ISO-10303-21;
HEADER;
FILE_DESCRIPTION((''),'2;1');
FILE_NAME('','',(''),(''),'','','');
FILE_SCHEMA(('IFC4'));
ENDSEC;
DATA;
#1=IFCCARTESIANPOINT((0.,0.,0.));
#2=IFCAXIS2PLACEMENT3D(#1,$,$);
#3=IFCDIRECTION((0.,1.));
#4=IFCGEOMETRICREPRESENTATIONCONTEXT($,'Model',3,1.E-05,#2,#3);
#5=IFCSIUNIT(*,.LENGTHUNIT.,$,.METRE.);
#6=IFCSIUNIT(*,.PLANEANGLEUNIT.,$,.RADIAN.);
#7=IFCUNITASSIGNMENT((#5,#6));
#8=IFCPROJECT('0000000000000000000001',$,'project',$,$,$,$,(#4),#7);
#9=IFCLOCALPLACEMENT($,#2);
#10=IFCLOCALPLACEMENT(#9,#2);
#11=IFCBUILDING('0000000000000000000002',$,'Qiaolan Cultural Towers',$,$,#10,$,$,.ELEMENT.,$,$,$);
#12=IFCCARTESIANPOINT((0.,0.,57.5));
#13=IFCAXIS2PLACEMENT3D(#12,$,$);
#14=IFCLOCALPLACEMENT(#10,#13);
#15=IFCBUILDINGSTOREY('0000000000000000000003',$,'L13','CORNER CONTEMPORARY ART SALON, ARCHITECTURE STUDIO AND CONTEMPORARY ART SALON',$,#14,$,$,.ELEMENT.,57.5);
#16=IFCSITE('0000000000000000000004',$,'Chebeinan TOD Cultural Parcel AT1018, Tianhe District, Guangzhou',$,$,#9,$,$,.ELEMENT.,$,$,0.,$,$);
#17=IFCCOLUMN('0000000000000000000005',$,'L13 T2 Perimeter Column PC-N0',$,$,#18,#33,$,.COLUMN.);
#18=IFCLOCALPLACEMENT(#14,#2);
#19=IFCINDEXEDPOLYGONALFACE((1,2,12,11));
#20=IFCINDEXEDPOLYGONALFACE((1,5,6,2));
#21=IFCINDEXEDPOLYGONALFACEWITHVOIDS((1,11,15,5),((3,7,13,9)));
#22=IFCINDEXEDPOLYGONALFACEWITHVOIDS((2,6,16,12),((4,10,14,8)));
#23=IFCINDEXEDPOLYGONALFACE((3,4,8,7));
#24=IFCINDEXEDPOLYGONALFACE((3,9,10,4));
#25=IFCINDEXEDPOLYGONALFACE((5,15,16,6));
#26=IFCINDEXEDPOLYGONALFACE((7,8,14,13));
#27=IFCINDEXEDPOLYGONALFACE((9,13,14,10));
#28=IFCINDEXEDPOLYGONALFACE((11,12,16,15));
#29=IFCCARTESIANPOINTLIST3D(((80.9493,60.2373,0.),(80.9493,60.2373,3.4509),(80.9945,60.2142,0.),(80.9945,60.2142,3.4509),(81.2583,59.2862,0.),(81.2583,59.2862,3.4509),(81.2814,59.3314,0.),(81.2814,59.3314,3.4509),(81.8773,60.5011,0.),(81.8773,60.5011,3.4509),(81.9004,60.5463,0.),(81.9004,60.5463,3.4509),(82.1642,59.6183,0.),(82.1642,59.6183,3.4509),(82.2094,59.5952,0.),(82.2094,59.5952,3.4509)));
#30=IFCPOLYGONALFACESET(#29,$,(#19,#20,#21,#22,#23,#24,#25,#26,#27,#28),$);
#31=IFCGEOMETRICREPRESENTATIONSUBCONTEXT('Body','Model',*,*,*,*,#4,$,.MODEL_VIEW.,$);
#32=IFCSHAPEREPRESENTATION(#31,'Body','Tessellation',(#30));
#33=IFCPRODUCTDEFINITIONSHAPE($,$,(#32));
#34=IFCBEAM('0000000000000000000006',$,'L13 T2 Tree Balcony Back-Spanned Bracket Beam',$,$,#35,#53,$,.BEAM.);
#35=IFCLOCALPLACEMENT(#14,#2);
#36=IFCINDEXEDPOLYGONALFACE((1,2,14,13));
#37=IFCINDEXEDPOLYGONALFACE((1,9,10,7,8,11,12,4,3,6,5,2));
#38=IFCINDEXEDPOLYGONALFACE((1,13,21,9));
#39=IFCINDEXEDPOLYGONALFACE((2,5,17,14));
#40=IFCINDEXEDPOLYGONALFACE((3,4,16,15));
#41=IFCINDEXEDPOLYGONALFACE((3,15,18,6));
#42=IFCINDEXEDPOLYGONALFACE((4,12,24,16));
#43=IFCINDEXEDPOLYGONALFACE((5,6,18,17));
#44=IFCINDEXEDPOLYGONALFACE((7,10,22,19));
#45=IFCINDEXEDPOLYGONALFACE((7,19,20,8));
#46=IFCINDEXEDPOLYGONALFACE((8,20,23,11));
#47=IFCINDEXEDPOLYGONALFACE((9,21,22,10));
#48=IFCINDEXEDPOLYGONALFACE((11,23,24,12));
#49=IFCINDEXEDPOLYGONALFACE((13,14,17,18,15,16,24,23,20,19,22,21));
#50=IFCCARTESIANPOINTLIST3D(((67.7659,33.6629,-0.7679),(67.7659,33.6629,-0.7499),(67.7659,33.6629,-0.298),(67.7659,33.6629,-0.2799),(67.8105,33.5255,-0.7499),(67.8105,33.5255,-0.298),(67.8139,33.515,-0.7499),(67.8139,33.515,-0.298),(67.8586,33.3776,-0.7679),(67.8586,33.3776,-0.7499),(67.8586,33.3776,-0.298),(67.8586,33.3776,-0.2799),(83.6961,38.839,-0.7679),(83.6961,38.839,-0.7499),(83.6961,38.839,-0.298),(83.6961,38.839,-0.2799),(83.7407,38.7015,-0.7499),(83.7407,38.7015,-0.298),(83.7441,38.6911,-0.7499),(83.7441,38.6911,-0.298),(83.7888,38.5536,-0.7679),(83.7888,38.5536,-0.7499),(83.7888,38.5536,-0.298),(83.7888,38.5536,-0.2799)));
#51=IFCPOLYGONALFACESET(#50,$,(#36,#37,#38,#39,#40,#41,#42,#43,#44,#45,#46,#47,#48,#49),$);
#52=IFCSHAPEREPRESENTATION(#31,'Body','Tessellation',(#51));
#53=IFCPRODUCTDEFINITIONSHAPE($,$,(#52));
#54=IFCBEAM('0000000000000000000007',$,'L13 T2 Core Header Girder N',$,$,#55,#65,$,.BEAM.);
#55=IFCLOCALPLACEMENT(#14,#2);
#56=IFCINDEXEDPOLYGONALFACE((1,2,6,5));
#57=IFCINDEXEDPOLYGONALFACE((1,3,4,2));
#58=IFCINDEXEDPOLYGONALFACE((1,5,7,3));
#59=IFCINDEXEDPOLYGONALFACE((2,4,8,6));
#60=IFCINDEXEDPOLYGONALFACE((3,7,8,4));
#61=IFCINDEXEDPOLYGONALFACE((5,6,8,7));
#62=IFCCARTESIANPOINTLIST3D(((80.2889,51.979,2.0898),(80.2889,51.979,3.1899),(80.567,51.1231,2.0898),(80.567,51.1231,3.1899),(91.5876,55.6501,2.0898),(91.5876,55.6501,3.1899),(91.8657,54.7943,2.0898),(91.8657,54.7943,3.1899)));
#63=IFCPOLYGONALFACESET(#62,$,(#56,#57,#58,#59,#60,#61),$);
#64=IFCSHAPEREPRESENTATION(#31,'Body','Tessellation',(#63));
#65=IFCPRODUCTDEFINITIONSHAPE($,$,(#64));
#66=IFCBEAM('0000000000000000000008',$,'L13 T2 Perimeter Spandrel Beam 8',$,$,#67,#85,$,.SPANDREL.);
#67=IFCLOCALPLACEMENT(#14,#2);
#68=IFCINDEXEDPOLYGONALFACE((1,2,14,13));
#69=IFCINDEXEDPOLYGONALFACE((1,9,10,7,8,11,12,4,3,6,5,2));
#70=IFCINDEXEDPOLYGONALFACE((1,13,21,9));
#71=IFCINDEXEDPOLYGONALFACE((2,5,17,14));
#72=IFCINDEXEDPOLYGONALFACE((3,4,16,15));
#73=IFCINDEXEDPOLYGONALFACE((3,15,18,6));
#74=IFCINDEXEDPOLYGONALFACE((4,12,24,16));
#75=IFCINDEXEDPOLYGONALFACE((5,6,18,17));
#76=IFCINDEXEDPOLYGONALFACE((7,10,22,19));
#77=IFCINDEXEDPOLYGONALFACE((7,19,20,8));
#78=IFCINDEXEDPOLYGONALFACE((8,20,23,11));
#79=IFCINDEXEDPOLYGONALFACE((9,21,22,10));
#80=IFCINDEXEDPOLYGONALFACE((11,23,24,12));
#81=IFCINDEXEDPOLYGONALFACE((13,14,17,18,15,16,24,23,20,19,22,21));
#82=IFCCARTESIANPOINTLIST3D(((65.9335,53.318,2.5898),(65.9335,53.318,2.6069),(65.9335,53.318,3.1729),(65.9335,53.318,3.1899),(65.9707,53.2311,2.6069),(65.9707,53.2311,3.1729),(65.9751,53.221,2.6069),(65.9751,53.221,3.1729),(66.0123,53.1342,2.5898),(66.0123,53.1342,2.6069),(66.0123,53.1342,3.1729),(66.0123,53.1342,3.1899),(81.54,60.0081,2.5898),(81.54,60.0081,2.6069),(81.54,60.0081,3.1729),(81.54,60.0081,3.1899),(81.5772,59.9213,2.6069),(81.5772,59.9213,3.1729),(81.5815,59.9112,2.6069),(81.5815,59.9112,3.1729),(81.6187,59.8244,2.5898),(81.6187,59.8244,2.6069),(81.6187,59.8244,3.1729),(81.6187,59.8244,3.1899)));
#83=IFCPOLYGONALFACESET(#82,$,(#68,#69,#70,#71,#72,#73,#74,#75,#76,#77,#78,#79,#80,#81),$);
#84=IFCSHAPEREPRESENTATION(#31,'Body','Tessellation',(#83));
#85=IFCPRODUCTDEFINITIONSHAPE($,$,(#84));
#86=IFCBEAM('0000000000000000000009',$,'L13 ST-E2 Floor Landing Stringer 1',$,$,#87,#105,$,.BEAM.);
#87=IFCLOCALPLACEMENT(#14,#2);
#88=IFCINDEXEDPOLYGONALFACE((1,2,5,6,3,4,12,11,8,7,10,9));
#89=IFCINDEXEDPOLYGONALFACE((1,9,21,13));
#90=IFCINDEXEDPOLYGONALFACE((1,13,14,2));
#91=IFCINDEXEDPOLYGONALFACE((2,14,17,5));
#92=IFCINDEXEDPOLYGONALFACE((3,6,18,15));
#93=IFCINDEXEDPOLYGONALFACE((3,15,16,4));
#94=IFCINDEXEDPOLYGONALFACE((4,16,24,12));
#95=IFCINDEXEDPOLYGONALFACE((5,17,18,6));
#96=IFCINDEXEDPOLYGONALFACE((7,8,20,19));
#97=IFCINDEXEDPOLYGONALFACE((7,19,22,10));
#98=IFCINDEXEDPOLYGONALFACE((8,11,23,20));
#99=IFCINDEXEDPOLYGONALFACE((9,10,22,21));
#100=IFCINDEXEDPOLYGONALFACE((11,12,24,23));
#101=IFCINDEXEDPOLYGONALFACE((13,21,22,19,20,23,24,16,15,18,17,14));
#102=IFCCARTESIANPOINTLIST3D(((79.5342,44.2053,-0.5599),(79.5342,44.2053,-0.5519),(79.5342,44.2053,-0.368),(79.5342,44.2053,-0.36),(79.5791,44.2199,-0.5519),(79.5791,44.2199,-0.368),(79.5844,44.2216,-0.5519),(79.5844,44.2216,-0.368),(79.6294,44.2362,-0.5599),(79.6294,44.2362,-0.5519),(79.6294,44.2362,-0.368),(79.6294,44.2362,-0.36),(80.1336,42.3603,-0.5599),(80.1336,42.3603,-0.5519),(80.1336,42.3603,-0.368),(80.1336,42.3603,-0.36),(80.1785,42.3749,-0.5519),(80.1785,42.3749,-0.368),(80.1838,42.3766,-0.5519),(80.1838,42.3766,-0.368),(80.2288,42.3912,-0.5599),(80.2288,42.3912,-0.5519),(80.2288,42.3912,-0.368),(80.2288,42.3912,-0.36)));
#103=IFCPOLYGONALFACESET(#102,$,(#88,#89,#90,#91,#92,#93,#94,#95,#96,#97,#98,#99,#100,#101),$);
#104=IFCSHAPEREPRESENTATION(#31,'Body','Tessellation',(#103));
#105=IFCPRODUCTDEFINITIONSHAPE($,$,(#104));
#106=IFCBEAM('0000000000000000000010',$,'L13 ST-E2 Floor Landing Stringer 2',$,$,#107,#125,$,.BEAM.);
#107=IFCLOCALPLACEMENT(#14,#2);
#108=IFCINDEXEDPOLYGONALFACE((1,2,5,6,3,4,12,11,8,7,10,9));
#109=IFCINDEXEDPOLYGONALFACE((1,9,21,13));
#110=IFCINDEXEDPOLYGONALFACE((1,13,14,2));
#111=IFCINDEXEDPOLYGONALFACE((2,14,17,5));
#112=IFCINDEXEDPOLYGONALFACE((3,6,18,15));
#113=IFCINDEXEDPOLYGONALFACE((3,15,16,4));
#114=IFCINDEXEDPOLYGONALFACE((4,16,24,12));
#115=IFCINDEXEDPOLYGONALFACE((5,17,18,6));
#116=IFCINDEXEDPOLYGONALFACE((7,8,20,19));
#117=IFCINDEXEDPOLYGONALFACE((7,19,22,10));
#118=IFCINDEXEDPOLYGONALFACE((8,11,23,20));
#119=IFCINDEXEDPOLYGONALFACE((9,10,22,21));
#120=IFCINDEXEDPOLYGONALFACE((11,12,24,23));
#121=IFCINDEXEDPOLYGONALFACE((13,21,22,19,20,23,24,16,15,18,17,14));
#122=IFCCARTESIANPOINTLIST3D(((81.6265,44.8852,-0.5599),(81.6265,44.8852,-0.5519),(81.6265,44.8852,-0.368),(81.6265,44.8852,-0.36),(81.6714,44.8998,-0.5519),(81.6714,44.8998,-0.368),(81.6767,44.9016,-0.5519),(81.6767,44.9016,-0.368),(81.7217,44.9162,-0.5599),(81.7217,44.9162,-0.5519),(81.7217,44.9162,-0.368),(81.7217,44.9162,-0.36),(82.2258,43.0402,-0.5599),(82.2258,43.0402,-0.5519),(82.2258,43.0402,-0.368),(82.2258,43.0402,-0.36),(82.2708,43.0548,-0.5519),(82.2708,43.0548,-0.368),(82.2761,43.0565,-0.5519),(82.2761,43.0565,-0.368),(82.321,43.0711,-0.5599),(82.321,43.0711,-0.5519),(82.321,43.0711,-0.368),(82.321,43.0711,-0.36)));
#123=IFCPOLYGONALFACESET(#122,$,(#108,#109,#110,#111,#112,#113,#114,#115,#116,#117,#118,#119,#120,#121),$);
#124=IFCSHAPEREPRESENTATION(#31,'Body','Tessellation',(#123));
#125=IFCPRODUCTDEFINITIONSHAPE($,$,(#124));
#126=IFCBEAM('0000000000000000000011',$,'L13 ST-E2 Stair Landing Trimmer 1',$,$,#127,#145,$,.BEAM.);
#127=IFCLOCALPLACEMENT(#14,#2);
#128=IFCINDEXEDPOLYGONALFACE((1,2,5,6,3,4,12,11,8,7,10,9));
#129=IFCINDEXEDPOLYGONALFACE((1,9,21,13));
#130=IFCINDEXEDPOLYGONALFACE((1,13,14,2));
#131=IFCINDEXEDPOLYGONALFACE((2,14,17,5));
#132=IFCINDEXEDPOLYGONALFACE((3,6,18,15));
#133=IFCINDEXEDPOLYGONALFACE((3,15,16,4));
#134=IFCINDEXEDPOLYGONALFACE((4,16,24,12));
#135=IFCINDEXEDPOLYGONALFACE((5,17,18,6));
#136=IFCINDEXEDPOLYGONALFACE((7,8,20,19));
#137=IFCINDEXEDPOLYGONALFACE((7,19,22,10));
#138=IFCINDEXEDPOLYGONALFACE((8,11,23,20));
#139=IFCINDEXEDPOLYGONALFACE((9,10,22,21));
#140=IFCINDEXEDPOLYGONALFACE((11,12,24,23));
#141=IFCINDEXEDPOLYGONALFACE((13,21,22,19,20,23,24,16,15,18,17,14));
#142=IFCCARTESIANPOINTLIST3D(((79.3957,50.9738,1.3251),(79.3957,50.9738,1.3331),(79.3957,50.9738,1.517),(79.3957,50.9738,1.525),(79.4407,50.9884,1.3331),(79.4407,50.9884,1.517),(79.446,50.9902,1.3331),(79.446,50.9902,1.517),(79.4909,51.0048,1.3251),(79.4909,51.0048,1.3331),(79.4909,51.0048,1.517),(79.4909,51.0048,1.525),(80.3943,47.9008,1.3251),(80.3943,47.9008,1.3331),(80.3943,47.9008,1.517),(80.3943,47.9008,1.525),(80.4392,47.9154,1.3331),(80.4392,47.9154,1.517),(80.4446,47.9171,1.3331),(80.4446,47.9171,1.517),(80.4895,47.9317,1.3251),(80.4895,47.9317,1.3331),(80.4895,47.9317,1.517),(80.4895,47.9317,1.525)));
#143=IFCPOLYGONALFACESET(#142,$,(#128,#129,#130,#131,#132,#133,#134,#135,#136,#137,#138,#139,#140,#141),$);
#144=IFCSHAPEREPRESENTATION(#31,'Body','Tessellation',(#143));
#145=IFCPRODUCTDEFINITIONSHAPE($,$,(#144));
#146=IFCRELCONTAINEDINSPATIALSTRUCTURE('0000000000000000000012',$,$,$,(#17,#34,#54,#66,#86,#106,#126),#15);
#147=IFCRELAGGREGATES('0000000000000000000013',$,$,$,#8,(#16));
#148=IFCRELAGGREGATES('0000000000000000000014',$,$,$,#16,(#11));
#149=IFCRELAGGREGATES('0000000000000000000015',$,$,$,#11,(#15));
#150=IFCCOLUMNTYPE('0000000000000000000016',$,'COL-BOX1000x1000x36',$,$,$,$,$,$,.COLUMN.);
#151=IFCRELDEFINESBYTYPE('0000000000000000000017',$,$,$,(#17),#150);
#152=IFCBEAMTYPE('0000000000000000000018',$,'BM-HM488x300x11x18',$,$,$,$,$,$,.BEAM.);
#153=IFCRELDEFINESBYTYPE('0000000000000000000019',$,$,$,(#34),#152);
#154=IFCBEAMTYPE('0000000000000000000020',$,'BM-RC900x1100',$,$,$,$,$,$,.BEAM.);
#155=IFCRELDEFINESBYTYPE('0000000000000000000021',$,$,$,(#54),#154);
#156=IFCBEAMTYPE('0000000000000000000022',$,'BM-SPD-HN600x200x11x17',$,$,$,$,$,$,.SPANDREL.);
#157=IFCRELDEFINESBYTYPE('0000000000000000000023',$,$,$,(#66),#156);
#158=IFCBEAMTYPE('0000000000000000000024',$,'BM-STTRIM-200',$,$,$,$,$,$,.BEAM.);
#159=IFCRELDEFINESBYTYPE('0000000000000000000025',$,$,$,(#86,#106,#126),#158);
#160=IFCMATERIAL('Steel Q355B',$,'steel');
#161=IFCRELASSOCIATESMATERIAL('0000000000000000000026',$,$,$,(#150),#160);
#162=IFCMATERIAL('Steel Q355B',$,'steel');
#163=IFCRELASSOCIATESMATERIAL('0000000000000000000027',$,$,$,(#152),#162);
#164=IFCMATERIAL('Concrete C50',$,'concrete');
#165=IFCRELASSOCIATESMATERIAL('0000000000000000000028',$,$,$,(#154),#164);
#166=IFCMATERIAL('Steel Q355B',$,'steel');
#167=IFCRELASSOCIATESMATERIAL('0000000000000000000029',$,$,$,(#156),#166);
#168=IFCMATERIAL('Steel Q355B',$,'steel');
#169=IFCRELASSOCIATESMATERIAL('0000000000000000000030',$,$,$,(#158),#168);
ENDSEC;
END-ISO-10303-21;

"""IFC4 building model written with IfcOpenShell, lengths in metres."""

from ifc_helpers import new_model, si_unit, direction, frame, origin, origin_2d, place, context, subcontext, project, spatial, rectangle, hollow_rectangle, i_section, extrude, material, material_profile, profile_set, type_object, element, save


model = new_model("IFC4")

# Units and contexts
model_context = context("Model", 3, precision=1e-05, world=origin(), true_north=direction((0.0, 1.0)))
body_context = subcontext(model_context, "Body", "Model", "MODEL_VIEW")
ifc_project = project(units=[si_unit("LENGTHUNIT", "METRE"), si_unit("PLANEANGLEUNIT", "RADIAN")], contexts=[model_context])

# Site, building, storey
site_placement = place(None, origin())
site = spatial("IfcSite", under=ifc_project, at=site_placement, Name="Chebeinan TOD Cultural Parcel AT1018, Tianhe District, Guangzhou", CompositionType="ELEMENT", RefElevation=0.0)
building_placement = place(site_placement, origin())
building = spatial("IfcBuilding", under=site, at=building_placement, Name="Qiaolan Cultural Towers", CompositionType="ELEMENT")
storey_placement = place(building_placement, frame((0.0, 0.0, 57.5)))
storey = spatial("IfcBuildingStorey", under=building, at=storey_placement, Name="L13", Description="CORNER CONTEMPORARY ART SALON, ARCHITECTURE STUDIO AND CONTEMPORARY ART SALON", CompositionType="ELEMENT", Elevation=57.5)

# Column
ifc_material_1 = material(Name="Steel Q355B", Category="steel")
ifc_material_profile_1 = material_profile(ifc_material_1, hollow_rectangle(XDim=1.0, YDim=1.0, WallThickness=0.0359, at=origin_2d()), Name="BOX1000x1000x36")
ifc_profile_set_1 = profile_set([ifc_material_profile_1], Name="Steel Q355B")
column_type = type_object("IfcColumnType", Name="COL-BOX1000x1000x36", PredefinedType="COLUMN", material=ifc_profile_set_1)
column_placement = place(storey_placement, frame((81.5793, 59.9163, 0.0), z_axis=(0.0, 0.0, 1.0), x_axis=(0.951057, 0.309017, 0.0)))
element("IfcColumn", 1, at=column_placement, inside=storey, type_object=column_type, Name="L13 T2 Perimeter Column PC-N0", PredefinedType="COLUMN", context=body_context, shape_type="SweptSolid", body=[
    extrude(hollow_rectangle(XDim=1.0, YDim=1.0, WallThickness=0.0359, at=origin_2d()), origin(), (0.0, 0.0, 1.0), 3.4509),
])

# Beams
ifc_material_2 = material(Name="Steel Q355B", Category="steel")
ifc_material_profile_2 = material_profile(ifc_material_2, i_section(OverallWidth=0.3, OverallDepth=0.488, WebThickness=0.011, FlangeThickness=0.0181, at=origin_2d()), Name="HM488x300x11x18")
ifc_profile_set_2 = profile_set([ifc_material_profile_2], Name="Steel Q355B")
beam_type_1 = type_object("IfcBeamType", Name="BM-HM488x300x11x18", PredefinedType="BEAM", material=ifc_profile_set_2)
beam_1_placement = place(storey_placement, frame((83.7424, 38.6963, -0.5239), z_axis=(-0.951057, -0.309017, 0.0), x_axis=(0.309017, -0.951057, 0.0)))
element("IfcBeam", 2, at=beam_1_placement, inside=storey, type_object=beam_type_1, Name="L13 T2 Tree Balcony Back-Spanned Bracket Beam", PredefinedType="BEAM", context=body_context, shape_type="SweptSolid", body=[
    extrude(i_section(OverallWidth=0.3, OverallDepth=0.488, WebThickness=0.011, FlangeThickness=0.0181, at=origin_2d()), origin(), (0.0, 0.0, 1.0), 16.75),
])
ifc_material_3 = material(Name="Concrete C50", Category="concrete")
ifc_material_profile_3 = material_profile(ifc_material_3, rectangle(XDim=0.8999, YDim=1.1001, at=origin_2d()), Name="RC900x1100")
ifc_profile_set_3 = profile_set([ifc_material_profile_3], Name="Concrete C50")
beam_type_2 = type_object("IfcBeamType", Name="BM-RC900x1100", PredefinedType="BEAM", material=ifc_profile_set_3)
beam_2_placement = place(storey_placement, frame((80.428, 51.551, 2.6399), z_axis=(0.951056, 0.309018, 0.0), x_axis=(-0.309018, 0.951056, 0.0)))
element("IfcBeam", 3, at=beam_2_placement, inside=storey, type_object=beam_type_2, Name="L13 T2 Core Header Girder N", PredefinedType="BEAM", context=body_context, shape_type="SweptSolid", body=[
    extrude(rectangle(XDim=0.8999, YDim=1.1001, at=origin_2d()), origin(), (0.0, 0.0, 1.0), 11.8801),
])
ifc_material_4 = material(Name="Steel Q355B", Category="steel")
ifc_material_profile_4 = material_profile(ifc_material_4, i_section(OverallWidth=0.2, OverallDepth=0.6001, WebThickness=0.011, FlangeThickness=0.0171, at=origin_2d()), Name="HN600x200x11x17")
ifc_profile_set_4 = profile_set([ifc_material_profile_4], Name="Steel Q355B")
beam_type_3 = type_object("IfcBeamType", Name="BM-SPD-HN600x200x11x17", PredefinedType="SPANDREL", material=ifc_profile_set_4)
beam_3_placement = place(storey_placement, frame((81.5793, 59.9163, 2.8899), z_axis=(-0.919109, -0.394004, 0.0), x_axis=(0.394004, -0.919109, 0.0)))
element("IfcBeam", 4, at=beam_3_placement, inside=storey, type_object=beam_type_3, Name="L13 T2 Perimeter Spandrel Beam 8", PredefinedType="SPANDREL", context=body_context, shape_type="SweptSolid", body=[
    extrude(i_section(OverallWidth=0.2, OverallDepth=0.6001, WebThickness=0.011, FlangeThickness=0.0171, at=origin_2d()), origin(), (0.0, 0.0, 1.0), 16.98),
])
ifc_material_5 = material(Name="Steel Q355B", Category="steel")
ifc_material_profile_5 = material_profile(ifc_material_5, i_section(OverallWidth=0.1001, OverallDepth=0.2, WebThickness=0.0056, FlangeThickness=0.0081, at=origin_2d()), Name="HN200x100x5.5x8")
ifc_profile_set_5 = profile_set([ifc_material_profile_5], Name="Steel Q355B")
beam_type_4 = type_object("IfcBeamType", Name="BM-STTRIM-200", PredefinedType="BEAM", material=ifc_profile_set_5)
for number, where, z_axis, x_axis, name in (
    (5, (80.1812, 42.3757, -0.46), (-0.308969, 0.951072, 0.0), (-0.951072, -0.308969, 0.0), "L13 ST-E2 Floor Landing Stringer 1"),
    (6, (82.2734, 43.0557, -0.46), (-0.308969, 0.951072, 0.0), (-0.951072, -0.308969, 0.0), "L13 ST-E2 Floor Landing Stringer 2"),
):
    element("IfcBeam", number, at=place(storey_placement, frame(where, z_axis=z_axis, x_axis=x_axis)), inside=storey, type_object=beam_type_4, Name=name, PredefinedType="BEAM", context=body_context, shape_type="SweptSolid", body=[
        extrude(i_section(OverallWidth=0.1001, OverallDepth=0.2, WebThickness=0.0056, FlangeThickness=0.0081, at=origin_2d()), origin(), (0.0, 0.0, 1.0), 1.9399),
    ])
beam_4_placement = place(storey_placement, frame((80.4419, 47.9163, 1.425), z_axis=(-0.309033, 0.951051, 0.0), x_axis=(-0.951051, -0.309033, 0.0)))
element("IfcBeam", 7, at=beam_4_placement, inside=storey, type_object=beam_type_4, Name="L13 ST-E2 Stair Landing Trimmer 1", PredefinedType="BEAM", context=body_context, shape_type="SweptSolid", body=[
    extrude(i_section(OverallWidth=0.1001, OverallDepth=0.2, WebThickness=0.0056, FlangeThickness=0.0081, at=origin_2d()), origin(), (0.0, 0.0, 1.0), 3.2312),
])

save(model, "model.ifc")
